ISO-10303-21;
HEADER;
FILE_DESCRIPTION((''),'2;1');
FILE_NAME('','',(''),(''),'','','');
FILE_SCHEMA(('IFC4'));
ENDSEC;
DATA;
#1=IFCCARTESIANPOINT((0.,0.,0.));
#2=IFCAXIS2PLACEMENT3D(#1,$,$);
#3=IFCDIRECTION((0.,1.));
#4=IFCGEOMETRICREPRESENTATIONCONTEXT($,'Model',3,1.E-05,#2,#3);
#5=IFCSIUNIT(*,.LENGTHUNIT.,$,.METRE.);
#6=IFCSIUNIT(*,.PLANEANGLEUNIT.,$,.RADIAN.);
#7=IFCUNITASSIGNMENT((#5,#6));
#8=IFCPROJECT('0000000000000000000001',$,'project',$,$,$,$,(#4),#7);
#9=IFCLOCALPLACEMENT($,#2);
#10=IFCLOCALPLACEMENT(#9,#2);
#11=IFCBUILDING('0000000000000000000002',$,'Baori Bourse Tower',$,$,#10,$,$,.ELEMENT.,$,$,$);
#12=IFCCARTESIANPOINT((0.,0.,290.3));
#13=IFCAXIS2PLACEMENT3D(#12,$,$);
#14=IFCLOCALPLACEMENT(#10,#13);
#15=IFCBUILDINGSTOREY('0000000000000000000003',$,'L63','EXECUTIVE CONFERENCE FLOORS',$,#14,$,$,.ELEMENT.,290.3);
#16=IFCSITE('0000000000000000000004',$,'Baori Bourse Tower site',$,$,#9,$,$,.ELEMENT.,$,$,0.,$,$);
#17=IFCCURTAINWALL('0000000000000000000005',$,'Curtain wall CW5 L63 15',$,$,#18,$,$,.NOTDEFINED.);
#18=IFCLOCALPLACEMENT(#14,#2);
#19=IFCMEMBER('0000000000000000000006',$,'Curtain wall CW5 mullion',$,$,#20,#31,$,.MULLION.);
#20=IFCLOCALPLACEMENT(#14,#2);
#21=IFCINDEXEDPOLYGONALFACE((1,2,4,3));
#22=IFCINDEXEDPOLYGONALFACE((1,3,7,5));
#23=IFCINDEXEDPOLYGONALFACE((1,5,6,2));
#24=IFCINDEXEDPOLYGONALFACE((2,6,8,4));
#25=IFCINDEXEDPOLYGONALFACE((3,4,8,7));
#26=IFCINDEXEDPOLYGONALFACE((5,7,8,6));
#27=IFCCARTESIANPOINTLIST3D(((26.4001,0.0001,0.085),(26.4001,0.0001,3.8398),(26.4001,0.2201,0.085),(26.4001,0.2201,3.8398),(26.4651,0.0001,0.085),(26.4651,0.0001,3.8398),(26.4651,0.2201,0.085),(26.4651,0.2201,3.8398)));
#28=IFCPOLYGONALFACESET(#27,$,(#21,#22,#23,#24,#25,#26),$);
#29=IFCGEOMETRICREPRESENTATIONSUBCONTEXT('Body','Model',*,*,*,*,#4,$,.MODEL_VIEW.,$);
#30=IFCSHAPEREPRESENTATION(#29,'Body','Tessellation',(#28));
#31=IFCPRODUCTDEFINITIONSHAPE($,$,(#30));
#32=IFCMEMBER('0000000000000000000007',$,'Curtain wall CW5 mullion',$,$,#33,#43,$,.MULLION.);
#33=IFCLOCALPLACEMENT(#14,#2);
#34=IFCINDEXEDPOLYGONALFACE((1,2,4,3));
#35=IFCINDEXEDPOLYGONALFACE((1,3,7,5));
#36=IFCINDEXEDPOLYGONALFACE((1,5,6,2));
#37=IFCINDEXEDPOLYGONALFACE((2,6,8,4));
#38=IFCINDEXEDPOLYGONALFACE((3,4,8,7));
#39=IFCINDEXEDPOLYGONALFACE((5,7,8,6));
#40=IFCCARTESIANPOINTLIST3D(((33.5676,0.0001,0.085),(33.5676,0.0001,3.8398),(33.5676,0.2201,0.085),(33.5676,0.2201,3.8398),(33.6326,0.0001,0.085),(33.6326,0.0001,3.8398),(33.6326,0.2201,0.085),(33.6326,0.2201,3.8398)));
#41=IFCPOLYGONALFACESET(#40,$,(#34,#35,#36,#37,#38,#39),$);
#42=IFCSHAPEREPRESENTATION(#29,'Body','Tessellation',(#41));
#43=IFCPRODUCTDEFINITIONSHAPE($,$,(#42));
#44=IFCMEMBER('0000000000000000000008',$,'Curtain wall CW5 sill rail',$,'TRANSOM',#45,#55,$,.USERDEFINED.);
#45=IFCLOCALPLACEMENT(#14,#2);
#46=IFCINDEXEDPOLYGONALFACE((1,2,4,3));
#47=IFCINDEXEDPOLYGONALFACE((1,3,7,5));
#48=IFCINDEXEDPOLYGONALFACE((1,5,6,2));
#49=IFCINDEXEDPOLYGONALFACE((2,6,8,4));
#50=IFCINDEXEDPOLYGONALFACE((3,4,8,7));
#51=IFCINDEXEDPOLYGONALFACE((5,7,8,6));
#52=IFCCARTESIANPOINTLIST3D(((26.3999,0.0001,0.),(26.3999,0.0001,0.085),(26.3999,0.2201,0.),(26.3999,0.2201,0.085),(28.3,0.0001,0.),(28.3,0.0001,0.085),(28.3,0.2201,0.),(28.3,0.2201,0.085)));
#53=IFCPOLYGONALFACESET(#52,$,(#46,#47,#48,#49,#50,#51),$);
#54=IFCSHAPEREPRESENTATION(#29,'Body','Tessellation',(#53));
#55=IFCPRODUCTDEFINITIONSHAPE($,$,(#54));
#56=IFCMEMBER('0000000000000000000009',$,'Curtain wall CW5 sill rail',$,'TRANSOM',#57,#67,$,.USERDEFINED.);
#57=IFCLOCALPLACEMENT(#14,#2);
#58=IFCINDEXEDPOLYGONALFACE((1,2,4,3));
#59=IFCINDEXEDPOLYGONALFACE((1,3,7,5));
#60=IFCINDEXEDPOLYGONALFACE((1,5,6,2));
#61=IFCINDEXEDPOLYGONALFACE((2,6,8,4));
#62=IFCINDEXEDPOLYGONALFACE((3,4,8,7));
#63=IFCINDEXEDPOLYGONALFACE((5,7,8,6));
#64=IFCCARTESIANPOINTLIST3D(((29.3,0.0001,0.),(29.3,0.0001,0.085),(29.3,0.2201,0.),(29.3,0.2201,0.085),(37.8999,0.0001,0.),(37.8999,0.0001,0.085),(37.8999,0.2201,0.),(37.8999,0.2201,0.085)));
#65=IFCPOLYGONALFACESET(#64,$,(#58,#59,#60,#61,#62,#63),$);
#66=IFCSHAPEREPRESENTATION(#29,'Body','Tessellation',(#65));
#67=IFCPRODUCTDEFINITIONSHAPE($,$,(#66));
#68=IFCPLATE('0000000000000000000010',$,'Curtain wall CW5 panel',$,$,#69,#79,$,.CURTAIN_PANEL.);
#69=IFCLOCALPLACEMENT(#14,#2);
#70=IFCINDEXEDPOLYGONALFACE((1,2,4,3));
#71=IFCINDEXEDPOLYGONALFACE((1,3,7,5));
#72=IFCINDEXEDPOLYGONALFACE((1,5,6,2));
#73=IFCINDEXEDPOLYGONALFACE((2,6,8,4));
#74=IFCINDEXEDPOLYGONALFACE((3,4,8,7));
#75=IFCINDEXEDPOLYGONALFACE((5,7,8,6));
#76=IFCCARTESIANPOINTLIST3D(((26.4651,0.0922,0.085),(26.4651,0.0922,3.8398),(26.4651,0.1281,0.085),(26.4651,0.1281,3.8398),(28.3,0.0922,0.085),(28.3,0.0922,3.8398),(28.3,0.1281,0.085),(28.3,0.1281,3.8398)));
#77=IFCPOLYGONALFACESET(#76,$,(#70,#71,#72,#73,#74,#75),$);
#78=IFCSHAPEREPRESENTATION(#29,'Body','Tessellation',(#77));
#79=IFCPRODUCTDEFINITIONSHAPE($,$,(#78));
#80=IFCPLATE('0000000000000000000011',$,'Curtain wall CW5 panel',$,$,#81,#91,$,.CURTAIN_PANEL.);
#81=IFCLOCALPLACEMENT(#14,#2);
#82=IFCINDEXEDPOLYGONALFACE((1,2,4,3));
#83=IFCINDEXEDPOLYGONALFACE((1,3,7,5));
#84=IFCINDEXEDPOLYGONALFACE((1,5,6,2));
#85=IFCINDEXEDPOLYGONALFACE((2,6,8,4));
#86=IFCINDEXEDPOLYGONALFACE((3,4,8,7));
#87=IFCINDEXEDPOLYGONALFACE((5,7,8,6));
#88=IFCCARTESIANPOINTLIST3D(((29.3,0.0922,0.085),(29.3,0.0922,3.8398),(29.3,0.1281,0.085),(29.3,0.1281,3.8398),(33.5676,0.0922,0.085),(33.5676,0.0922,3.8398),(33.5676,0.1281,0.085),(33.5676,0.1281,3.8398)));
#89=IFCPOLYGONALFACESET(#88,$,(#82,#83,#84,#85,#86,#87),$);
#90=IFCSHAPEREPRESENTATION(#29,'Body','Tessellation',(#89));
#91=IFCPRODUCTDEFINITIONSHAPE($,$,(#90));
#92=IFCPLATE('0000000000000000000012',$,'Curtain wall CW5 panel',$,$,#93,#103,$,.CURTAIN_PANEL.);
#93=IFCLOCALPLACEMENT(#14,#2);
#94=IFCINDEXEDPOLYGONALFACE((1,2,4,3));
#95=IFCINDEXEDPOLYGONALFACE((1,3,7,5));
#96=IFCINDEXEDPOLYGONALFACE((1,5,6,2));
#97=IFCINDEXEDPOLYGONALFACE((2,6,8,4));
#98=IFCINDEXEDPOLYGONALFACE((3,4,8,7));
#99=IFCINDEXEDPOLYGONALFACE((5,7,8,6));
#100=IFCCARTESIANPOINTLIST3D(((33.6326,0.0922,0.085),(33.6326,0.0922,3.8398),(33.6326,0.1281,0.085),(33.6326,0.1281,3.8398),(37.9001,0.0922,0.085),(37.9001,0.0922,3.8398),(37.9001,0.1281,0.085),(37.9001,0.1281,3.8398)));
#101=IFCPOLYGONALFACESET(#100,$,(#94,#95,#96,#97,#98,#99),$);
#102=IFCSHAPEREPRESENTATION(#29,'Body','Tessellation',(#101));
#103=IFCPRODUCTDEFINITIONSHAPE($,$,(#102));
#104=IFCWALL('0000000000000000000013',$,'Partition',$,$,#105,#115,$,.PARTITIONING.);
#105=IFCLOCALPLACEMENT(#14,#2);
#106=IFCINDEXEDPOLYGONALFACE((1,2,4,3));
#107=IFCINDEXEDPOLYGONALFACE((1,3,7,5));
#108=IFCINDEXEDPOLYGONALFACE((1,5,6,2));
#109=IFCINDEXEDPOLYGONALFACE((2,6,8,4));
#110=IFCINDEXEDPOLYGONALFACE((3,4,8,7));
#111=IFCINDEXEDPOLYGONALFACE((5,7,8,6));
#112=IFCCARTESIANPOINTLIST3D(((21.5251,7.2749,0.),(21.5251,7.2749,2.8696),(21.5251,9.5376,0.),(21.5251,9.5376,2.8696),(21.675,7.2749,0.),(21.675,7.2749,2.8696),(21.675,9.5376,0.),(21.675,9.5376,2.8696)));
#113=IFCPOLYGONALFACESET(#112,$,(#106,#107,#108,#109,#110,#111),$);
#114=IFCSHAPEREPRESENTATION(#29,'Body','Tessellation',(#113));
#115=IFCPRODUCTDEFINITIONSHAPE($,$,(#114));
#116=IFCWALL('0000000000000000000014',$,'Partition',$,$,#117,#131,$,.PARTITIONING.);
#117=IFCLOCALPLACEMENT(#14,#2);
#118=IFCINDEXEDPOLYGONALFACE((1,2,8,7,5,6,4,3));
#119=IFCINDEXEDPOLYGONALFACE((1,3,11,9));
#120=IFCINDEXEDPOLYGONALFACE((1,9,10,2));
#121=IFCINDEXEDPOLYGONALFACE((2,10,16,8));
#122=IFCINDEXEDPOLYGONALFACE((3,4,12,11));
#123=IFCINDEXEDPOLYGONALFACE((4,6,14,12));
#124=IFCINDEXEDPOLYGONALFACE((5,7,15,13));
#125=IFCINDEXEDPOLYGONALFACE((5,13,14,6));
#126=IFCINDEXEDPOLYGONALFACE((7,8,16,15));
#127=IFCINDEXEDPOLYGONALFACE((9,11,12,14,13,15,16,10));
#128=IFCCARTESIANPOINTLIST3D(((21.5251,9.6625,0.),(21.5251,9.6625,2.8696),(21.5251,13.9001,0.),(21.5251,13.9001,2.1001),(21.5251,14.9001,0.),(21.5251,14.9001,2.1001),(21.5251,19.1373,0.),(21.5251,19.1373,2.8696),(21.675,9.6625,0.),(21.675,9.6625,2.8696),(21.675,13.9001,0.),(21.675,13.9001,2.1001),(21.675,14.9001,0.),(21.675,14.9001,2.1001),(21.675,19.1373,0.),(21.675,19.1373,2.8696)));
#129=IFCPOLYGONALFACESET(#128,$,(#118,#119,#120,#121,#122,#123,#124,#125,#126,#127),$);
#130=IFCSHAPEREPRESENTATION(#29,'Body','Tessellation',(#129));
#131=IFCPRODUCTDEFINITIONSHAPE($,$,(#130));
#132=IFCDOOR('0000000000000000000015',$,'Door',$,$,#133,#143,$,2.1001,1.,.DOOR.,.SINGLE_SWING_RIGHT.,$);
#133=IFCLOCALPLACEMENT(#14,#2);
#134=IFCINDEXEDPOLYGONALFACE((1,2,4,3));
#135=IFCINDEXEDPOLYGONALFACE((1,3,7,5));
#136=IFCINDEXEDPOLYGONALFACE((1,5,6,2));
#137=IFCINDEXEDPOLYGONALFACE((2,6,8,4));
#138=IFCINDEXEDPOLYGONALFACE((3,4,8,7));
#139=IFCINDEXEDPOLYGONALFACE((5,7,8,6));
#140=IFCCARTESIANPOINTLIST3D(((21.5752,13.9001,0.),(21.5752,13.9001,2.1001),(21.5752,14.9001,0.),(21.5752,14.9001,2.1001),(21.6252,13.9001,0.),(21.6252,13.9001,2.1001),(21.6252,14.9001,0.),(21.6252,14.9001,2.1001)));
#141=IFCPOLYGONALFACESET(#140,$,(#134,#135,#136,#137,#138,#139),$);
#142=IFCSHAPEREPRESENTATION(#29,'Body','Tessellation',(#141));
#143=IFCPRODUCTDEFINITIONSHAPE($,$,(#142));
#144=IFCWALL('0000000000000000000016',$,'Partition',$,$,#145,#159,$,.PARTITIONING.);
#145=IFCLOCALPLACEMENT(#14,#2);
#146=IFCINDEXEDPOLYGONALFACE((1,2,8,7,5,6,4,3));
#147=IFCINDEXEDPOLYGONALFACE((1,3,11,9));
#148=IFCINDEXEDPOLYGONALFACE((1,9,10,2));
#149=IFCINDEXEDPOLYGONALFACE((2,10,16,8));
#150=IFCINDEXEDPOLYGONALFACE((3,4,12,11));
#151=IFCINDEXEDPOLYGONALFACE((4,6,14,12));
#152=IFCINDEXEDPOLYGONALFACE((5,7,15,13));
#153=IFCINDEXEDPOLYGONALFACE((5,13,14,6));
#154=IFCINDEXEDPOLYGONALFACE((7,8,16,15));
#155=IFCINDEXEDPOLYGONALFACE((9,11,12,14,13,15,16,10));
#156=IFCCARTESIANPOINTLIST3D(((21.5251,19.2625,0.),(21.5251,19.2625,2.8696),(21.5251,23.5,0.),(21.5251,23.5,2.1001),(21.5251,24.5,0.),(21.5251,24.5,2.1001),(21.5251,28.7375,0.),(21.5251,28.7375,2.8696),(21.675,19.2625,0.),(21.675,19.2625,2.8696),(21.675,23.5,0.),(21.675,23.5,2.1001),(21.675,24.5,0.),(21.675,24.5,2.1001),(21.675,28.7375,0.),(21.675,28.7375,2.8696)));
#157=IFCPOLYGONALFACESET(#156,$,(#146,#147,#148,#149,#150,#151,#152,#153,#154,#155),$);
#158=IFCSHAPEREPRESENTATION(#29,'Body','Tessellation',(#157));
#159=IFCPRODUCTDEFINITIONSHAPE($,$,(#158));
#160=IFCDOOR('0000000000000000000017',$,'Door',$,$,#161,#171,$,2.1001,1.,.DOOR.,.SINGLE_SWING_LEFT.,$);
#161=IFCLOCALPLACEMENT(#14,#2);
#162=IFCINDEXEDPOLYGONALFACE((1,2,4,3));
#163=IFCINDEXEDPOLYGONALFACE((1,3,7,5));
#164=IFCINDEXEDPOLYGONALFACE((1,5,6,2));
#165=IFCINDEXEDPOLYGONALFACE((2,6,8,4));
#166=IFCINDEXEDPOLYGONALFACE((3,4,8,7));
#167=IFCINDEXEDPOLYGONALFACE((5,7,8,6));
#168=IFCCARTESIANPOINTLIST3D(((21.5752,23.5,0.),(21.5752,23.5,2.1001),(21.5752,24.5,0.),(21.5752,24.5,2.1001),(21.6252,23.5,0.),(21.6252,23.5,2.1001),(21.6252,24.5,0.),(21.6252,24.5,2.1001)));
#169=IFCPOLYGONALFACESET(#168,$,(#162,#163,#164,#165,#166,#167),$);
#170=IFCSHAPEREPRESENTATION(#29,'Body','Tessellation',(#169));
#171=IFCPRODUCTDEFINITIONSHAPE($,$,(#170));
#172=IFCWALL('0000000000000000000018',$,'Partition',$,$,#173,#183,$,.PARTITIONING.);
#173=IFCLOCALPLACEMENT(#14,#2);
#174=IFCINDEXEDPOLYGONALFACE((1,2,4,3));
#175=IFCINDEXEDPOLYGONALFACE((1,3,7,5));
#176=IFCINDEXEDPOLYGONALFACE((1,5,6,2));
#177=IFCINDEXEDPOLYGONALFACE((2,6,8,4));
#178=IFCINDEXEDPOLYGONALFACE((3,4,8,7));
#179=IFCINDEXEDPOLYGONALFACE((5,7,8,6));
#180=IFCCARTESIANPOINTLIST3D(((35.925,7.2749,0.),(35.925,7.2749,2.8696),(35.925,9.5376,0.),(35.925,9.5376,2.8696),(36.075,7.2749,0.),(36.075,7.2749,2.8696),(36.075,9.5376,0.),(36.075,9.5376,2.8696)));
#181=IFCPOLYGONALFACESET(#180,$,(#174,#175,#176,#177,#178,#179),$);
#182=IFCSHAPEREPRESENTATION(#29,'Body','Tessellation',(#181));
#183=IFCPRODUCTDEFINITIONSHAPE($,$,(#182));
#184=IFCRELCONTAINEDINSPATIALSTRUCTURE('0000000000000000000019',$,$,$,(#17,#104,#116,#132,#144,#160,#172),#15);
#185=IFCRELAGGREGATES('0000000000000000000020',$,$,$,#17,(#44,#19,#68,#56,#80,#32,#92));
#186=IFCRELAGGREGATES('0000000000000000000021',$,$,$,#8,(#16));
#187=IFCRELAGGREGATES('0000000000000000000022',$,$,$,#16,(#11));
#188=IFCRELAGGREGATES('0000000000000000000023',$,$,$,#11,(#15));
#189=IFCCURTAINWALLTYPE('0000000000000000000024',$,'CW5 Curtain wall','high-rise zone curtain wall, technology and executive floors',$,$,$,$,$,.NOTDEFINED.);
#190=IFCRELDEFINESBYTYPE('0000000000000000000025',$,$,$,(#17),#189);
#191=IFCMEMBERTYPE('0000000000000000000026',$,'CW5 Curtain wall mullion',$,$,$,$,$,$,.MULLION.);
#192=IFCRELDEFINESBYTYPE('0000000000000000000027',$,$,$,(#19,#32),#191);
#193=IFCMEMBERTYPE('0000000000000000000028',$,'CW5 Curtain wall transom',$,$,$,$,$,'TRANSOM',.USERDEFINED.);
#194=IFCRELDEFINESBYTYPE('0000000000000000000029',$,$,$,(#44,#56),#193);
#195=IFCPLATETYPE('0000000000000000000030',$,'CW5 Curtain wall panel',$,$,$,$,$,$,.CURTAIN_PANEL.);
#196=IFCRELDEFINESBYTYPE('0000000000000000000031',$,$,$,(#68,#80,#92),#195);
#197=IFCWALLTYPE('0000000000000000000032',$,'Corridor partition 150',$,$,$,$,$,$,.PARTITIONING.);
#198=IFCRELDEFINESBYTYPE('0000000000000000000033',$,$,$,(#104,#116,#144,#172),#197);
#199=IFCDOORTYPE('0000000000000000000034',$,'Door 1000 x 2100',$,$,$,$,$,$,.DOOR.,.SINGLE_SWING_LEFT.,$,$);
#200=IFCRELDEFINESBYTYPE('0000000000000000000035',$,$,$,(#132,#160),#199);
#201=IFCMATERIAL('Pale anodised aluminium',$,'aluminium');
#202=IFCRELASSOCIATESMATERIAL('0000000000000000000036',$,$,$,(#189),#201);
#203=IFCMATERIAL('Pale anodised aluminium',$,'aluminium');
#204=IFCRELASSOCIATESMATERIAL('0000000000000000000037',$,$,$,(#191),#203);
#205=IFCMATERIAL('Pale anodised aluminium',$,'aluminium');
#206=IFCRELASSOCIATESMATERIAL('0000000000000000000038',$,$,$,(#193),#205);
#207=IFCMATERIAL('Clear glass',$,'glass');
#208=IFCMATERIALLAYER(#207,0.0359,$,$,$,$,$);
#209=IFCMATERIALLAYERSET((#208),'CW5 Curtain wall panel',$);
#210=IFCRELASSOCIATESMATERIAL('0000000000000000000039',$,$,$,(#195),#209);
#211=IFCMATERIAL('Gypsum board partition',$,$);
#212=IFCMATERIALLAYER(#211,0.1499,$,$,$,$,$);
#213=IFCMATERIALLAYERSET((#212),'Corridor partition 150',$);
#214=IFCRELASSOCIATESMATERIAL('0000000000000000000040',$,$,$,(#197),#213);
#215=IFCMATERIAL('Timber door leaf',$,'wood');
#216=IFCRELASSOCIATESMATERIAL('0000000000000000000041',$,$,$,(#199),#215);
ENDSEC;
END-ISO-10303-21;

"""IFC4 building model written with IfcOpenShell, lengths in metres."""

from ifc_helpers import new_model, si_unit, direction, frame, frame_2d, origin, origin_2d, place, context, subcontext, project, spatial, rectangle, extrude, material, layer, layer_set, material_profile, profile_set, type_object, element, fill, aggregate, save


model = new_model("IFC4")

# Units and contexts
model_context = context("Model", 3, precision=1e-05, world=origin(), true_north=direction((0.0, 1.0)))
body_context = subcontext(model_context, "Body", "Model", "MODEL_VIEW")
ifc_project = project(units=[si_unit("LENGTHUNIT", "METRE"), si_unit("PLANEANGLEUNIT", "RADIAN")], contexts=[model_context])

# Site, building, storey
site_placement = place(None, origin())
site = spatial("IfcSite", under=ifc_project, at=site_placement, Name="Baori Bourse Tower site", CompositionType="ELEMENT", RefElevation=0.0)
building_placement = place(site_placement, origin())
building = spatial("IfcBuilding", under=site, at=building_placement, Name="Baori Bourse Tower", CompositionType="ELEMENT")
storey_placement = place(building_placement, frame((0.0, 0.0, 290.3)))
storey = spatial("IfcBuildingStorey", under=building, at=storey_placement, Name="L63", Description="EXECUTIVE CONFERENCE FLOORS", CompositionType="ELEMENT", Elevation=290.3)

# Curtain wall, members, plates
ifc_material_1 = material(Name="Pale anodised aluminium", Category="aluminium")
curtain_wall_type = type_object("IfcCurtainWallType", Name="CW5 Curtain wall", Description="high-rise zone curtain wall, technology and executive floors", PredefinedType="NOTDEFINED", material=ifc_material_1)
curtain_wall_placement = place(storey_placement, origin())
curtain_wall = element("IfcCurtainWall", 1, at=curtain_wall_placement, inside=storey, type_object=curtain_wall_type, Name="Curtain wall CW5 L63 15", PredefinedType="NOTDEFINED")
ifc_material_2 = material(Name="Pale anodised aluminium", Category="aluminium")
ifc_material_profile_1 = material_profile(ifc_material_2, rectangle(XDim=0.22, YDim=0.0649, at=origin_2d()), Name="Mullion 65x220")
ifc_profile_set_1 = profile_set([ifc_material_profile_1], Name="Pale anodised aluminium")
member_type_1 = type_object("IfcMemberType", Name="CW5 Curtain wall mullion", PredefinedType="MULLION", material=ifc_profile_set_1)
member_1_placement = place(storey_placement, frame((26.4326, 0.1101, 0.085), z_axis=(0.0, 0.0, 1.0), x_axis=(0.0, 1.0, 0.0)))
member_1 = element("IfcMember", 2, at=member_1_placement, type_object=member_type_1, Name="Curtain wall CW5 mullion", PredefinedType="MULLION", context=body_context, shape_type="SweptSolid", body=[
    extrude(rectangle(XDim=0.22, YDim=0.0649, at=origin_2d()), origin(), (0.0, 0.0, 1.0), 3.7549),
])
member_2_placement = place(storey_placement, frame((33.6001, 0.1101, 0.085), z_axis=(0.0, 0.0, 1.0), x_axis=(0.0, 1.0, 0.0)))
member_2 = element("IfcMember", 3, at=member_2_placement, type_object=member_type_1, Name="Curtain wall CW5 mullion", PredefinedType="MULLION", context=body_context, shape_type="SweptSolid", body=[
    extrude(rectangle(XDim=0.22, YDim=0.0649, at=origin_2d()), origin(), (0.0, 0.0, 1.0), 3.7549),
])
ifc_material_3 = material(Name="Pale anodised aluminium", Category="aluminium")
ifc_material_profile_2 = material_profile(ifc_material_3, rectangle(XDim=0.22, YDim=0.085, at=origin_2d()), Name="Transom 85x220")
ifc_profile_set_2 = profile_set([ifc_material_profile_2], Name="Pale anodised aluminium")
member_type_2 = type_object("IfcMemberType", Name="CW5 Curtain wall transom", ElementType="TRANSOM", PredefinedType="USERDEFINED", material=ifc_profile_set_2)
member_3_placement = place(storey_placement, frame((26.3999, 0.1101, 0.0425), z_axis=(1.0, 0.0, 0.0), x_axis=(0.0, 1.0, 0.0)))
member_3 = element("IfcMember", 4, at=member_3_placement, type_object=member_type_2, Name="Curtain wall CW5 sill rail", ObjectType="TRANSOM", PredefinedType="USERDEFINED", context=body_context, shape_type="SweptSolid", body=[
    extrude(rectangle(XDim=0.22, YDim=0.085, at=origin_2d()), origin(), (0.0, 0.0, 1.0), 1.9001),
])
member_4_placement = place(storey_placement, frame((29.3, 0.1101, 0.0425), z_axis=(1.0, 0.0, 0.0), x_axis=(0.0, 1.0, 0.0)))
member_4 = element("IfcMember", 5, at=member_4_placement, type_object=member_type_2, Name="Curtain wall CW5 sill rail", ObjectType="TRANSOM", PredefinedType="USERDEFINED", context=body_context, shape_type="SweptSolid", body=[
    extrude(rectangle(XDim=0.22, YDim=0.085, at=origin_2d()), origin(), (0.0, 0.0, 1.0), 8.5999),
])
ifc_material_4 = material(Name="Clear glass", Category="glass")
ifc_layer_1 = layer(ifc_material_4, 0.0359)
ifc_layer_set_1 = layer_set([ifc_layer_1], Name="CW5 Curtain wall panel")
plate_type = type_object("IfcPlateType", Name="CW5 Curtain wall panel", PredefinedType="CURTAIN_PANEL", material=ifc_layer_set_1)
plate_1_placement = place(storey_placement, frame((27.3826, 0.1101, 0.085), z_axis=(0.0, 0.0, 1.0), x_axis=(1.0, 0.0, 0.0)))
plate_1 = element("IfcPlate", 6, at=plate_1_placement, type_object=plate_type, Name="Curtain wall CW5 panel", PredefinedType="CURTAIN_PANEL", context=body_context, shape_type="SweptSolid", body=[
    extrude(rectangle(XDim=1.835, YDim=0.0359, at=origin_2d()), origin(), (0.0, 0.0, 1.0), 3.7549),
])
plate_2_placement = place(storey_placement, frame((31.4338, 0.1101, 0.085), z_axis=(0.0, 0.0, 1.0), x_axis=(1.0, 0.0, 0.0)))
plate_2 = element("IfcPlate", 7, at=plate_2_placement, type_object=plate_type, Name="Curtain wall CW5 panel", PredefinedType="CURTAIN_PANEL", context=body_context, shape_type="SweptSolid", body=[
    extrude(rectangle(XDim=4.2676, YDim=0.0359, at=origin_2d()), origin(), (0.0, 0.0, 1.0), 3.7549),
])
plate_3_placement = place(storey_placement, frame((35.7664, 0.1101, 0.085), z_axis=(0.0, 0.0, 1.0), x_axis=(1.0, 0.0, 0.0)))
plate_3 = element("IfcPlate", 8, at=plate_3_placement, type_object=plate_type, Name="Curtain wall CW5 panel", PredefinedType="CURTAIN_PANEL", context=body_context, shape_type="SweptSolid", body=[
    extrude(rectangle(XDim=4.2676, YDim=0.0359, at=origin_2d()), origin(), (0.0, 0.0, 1.0), 3.7549),
])
aggregate(curtain_wall, [member_3, member_1, plate_1, member_4, plate_2, member_2, plate_3])

# Wall
ifc_material_5 = material(Name="Gypsum board partition")
ifc_layer_2 = layer(ifc_material_5, 0.1499)
ifc_layer_set_2 = layer_set([ifc_layer_2], Name="Corridor partition 150")
wall_type_1 = type_object("IfcWallType", Name="Corridor partition 150", PredefinedType="PARTITIONING", material=ifc_layer_set_2)
wall_1_placement = place(storey_placement, frame((21.6001, 7.2749, 0.0), z_axis=(0.0, 0.0, 1.0), x_axis=(0.0, 1.0, 0.0)))
element("IfcWall", 9, at=wall_1_placement, inside=storey, type_object=wall_type_1, Name="Partition", PredefinedType="PARTITIONING", context=body_context, shape_type="SweptSolid", body=[
    extrude(rectangle(XDim=2.2627, YDim=0.1499, at=frame_2d((1.1313, 0.0))), origin(), (0.0, 0.0, 1.0), 2.8696),
])

# Walls, openings, doors
wall_2_placement = place(storey_placement, frame((21.6001, 9.6626, 0.0), z_axis=(0.0, 0.0, 1.0), x_axis=(0.0, 1.0, 0.0)))
wall_2 = element("IfcWall", 10, at=wall_2_placement, inside=storey, type_object=wall_type_1, Name="Partition", PredefinedType="PARTITIONING", context=body_context, shape_type="SweptSolid", body=[
    extrude(rectangle(XDim=9.4749, YDim=0.1499, at=frame_2d((4.7373, 0.0))), origin(), (0.0, 0.0, 1.0), 2.8696),
])
opening_1_placement = place(wall_2_placement, frame((4.2375, 0.0, 0.0)))
opening_1 = element("IfcOpeningElement", 11, at=opening_1_placement, cuts=wall_2, PredefinedType="OPENING", context=body_context, shape_type="SweptSolid", body=[
    extrude(rectangle(XDim=1.0, YDim=2.1001, at=frame_2d((0.5, 1.05))), frame((0.0, 0.085, 0.0), z_axis=(0.0, -1.0, 0.0), x_axis=(1.0, 0.0, 0.0)), (0.0, 0.0, 1.0), 0.1699),
])
ifc_material_6 = material(Name="Timber door leaf", Category="wood")
door_type = type_object("IfcDoorType", Name="Door 1000 x 2100", OperationType="SINGLE_SWING_LEFT", PredefinedType="DOOR", material=ifc_material_6)
door_1_placement = place(opening_1_placement, origin())
door_1 = element("IfcDoor", 12, at=door_1_placement, inside=storey, type_object=door_type, Name="Door", OperationType="SINGLE_SWING_RIGHT", OverallHeight=2.1001, OverallWidth=1.0, PredefinedType="DOOR", context=body_context, shape_type="SweptSolid", body=[
    extrude(rectangle(XDim=1.0, YDim=2.1001, at=frame_2d((0.5, 1.05))), frame((0.0, 0.0249, 0.0), z_axis=(0.0, -1.0, 0.0), x_axis=(1.0, 0.0, 0.0)), (0.0, 0.0, 1.0), 0.05),
])
fill(opening_1, door_1)
wall_3_placement = place(storey_placement, frame((21.6001, 19.2625, 0.0), z_axis=(0.0, 0.0, 1.0), x_axis=(0.0, 1.0, 0.0)))
wall_3 = element("IfcWall", 13, at=wall_3_placement, inside=storey, type_object=wall_type_1, Name="Partition", PredefinedType="PARTITIONING", context=body_context, shape_type="SweptSolid", body=[
    extrude(rectangle(XDim=9.4751, YDim=0.1499, at=frame_2d((4.7375, 0.0))), origin(), (0.0, 0.0, 1.0), 2.8696),
])
opening_2_placement = place(wall_3_placement, frame((4.2375, 0.0, 0.0)))
opening_2 = element("IfcOpeningElement", 14, at=opening_2_placement, cuts=wall_3, PredefinedType="OPENING", context=body_context, shape_type="SweptSolid", body=[
    extrude(rectangle(XDim=1.0, YDim=2.1001, at=frame_2d((0.5, 1.05))), frame((0.0, 0.085, 0.0), z_axis=(0.0, -1.0, 0.0), x_axis=(1.0, 0.0, 0.0)), (0.0, 0.0, 1.0), 0.1699),
])
door_2_placement = place(opening_2_placement, origin())
door_2 = element("IfcDoor", 15, at=door_2_placement, inside=storey, type_object=door_type, Name="Door", OperationType="SINGLE_SWING_LEFT", OverallHeight=2.1001, OverallWidth=1.0, PredefinedType="DOOR", context=body_context, shape_type="SweptSolid", body=[
    extrude(rectangle(XDim=1.0, YDim=2.1001, at=frame_2d((0.5, 1.05))), frame((0.0, 0.0249, 0.0), z_axis=(0.0, -1.0, 0.0), x_axis=(1.0, 0.0, 0.0)), (0.0, 0.0, 1.0), 0.05),
])
fill(opening_2, door_2)

# Wall
wall_4_placement = place(storey_placement, frame((36.0, 7.2749, 0.0), z_axis=(0.0, 0.0, 1.0), x_axis=(0.0, 1.0, 0.0)))
element("IfcWall", 16, at=wall_4_placement, inside=storey, type_object=wall_type_1, Name="Partition", PredefinedType="PARTITIONING", context=body_context, shape_type="SweptSolid", body=[
    extrude(rectangle(XDim=2.2627, YDim=0.1499, at=frame_2d((1.1313, 0.0))), origin(), (0.0, 0.0, 1.0), 2.8696),
])

save(model, "model.ifc")
